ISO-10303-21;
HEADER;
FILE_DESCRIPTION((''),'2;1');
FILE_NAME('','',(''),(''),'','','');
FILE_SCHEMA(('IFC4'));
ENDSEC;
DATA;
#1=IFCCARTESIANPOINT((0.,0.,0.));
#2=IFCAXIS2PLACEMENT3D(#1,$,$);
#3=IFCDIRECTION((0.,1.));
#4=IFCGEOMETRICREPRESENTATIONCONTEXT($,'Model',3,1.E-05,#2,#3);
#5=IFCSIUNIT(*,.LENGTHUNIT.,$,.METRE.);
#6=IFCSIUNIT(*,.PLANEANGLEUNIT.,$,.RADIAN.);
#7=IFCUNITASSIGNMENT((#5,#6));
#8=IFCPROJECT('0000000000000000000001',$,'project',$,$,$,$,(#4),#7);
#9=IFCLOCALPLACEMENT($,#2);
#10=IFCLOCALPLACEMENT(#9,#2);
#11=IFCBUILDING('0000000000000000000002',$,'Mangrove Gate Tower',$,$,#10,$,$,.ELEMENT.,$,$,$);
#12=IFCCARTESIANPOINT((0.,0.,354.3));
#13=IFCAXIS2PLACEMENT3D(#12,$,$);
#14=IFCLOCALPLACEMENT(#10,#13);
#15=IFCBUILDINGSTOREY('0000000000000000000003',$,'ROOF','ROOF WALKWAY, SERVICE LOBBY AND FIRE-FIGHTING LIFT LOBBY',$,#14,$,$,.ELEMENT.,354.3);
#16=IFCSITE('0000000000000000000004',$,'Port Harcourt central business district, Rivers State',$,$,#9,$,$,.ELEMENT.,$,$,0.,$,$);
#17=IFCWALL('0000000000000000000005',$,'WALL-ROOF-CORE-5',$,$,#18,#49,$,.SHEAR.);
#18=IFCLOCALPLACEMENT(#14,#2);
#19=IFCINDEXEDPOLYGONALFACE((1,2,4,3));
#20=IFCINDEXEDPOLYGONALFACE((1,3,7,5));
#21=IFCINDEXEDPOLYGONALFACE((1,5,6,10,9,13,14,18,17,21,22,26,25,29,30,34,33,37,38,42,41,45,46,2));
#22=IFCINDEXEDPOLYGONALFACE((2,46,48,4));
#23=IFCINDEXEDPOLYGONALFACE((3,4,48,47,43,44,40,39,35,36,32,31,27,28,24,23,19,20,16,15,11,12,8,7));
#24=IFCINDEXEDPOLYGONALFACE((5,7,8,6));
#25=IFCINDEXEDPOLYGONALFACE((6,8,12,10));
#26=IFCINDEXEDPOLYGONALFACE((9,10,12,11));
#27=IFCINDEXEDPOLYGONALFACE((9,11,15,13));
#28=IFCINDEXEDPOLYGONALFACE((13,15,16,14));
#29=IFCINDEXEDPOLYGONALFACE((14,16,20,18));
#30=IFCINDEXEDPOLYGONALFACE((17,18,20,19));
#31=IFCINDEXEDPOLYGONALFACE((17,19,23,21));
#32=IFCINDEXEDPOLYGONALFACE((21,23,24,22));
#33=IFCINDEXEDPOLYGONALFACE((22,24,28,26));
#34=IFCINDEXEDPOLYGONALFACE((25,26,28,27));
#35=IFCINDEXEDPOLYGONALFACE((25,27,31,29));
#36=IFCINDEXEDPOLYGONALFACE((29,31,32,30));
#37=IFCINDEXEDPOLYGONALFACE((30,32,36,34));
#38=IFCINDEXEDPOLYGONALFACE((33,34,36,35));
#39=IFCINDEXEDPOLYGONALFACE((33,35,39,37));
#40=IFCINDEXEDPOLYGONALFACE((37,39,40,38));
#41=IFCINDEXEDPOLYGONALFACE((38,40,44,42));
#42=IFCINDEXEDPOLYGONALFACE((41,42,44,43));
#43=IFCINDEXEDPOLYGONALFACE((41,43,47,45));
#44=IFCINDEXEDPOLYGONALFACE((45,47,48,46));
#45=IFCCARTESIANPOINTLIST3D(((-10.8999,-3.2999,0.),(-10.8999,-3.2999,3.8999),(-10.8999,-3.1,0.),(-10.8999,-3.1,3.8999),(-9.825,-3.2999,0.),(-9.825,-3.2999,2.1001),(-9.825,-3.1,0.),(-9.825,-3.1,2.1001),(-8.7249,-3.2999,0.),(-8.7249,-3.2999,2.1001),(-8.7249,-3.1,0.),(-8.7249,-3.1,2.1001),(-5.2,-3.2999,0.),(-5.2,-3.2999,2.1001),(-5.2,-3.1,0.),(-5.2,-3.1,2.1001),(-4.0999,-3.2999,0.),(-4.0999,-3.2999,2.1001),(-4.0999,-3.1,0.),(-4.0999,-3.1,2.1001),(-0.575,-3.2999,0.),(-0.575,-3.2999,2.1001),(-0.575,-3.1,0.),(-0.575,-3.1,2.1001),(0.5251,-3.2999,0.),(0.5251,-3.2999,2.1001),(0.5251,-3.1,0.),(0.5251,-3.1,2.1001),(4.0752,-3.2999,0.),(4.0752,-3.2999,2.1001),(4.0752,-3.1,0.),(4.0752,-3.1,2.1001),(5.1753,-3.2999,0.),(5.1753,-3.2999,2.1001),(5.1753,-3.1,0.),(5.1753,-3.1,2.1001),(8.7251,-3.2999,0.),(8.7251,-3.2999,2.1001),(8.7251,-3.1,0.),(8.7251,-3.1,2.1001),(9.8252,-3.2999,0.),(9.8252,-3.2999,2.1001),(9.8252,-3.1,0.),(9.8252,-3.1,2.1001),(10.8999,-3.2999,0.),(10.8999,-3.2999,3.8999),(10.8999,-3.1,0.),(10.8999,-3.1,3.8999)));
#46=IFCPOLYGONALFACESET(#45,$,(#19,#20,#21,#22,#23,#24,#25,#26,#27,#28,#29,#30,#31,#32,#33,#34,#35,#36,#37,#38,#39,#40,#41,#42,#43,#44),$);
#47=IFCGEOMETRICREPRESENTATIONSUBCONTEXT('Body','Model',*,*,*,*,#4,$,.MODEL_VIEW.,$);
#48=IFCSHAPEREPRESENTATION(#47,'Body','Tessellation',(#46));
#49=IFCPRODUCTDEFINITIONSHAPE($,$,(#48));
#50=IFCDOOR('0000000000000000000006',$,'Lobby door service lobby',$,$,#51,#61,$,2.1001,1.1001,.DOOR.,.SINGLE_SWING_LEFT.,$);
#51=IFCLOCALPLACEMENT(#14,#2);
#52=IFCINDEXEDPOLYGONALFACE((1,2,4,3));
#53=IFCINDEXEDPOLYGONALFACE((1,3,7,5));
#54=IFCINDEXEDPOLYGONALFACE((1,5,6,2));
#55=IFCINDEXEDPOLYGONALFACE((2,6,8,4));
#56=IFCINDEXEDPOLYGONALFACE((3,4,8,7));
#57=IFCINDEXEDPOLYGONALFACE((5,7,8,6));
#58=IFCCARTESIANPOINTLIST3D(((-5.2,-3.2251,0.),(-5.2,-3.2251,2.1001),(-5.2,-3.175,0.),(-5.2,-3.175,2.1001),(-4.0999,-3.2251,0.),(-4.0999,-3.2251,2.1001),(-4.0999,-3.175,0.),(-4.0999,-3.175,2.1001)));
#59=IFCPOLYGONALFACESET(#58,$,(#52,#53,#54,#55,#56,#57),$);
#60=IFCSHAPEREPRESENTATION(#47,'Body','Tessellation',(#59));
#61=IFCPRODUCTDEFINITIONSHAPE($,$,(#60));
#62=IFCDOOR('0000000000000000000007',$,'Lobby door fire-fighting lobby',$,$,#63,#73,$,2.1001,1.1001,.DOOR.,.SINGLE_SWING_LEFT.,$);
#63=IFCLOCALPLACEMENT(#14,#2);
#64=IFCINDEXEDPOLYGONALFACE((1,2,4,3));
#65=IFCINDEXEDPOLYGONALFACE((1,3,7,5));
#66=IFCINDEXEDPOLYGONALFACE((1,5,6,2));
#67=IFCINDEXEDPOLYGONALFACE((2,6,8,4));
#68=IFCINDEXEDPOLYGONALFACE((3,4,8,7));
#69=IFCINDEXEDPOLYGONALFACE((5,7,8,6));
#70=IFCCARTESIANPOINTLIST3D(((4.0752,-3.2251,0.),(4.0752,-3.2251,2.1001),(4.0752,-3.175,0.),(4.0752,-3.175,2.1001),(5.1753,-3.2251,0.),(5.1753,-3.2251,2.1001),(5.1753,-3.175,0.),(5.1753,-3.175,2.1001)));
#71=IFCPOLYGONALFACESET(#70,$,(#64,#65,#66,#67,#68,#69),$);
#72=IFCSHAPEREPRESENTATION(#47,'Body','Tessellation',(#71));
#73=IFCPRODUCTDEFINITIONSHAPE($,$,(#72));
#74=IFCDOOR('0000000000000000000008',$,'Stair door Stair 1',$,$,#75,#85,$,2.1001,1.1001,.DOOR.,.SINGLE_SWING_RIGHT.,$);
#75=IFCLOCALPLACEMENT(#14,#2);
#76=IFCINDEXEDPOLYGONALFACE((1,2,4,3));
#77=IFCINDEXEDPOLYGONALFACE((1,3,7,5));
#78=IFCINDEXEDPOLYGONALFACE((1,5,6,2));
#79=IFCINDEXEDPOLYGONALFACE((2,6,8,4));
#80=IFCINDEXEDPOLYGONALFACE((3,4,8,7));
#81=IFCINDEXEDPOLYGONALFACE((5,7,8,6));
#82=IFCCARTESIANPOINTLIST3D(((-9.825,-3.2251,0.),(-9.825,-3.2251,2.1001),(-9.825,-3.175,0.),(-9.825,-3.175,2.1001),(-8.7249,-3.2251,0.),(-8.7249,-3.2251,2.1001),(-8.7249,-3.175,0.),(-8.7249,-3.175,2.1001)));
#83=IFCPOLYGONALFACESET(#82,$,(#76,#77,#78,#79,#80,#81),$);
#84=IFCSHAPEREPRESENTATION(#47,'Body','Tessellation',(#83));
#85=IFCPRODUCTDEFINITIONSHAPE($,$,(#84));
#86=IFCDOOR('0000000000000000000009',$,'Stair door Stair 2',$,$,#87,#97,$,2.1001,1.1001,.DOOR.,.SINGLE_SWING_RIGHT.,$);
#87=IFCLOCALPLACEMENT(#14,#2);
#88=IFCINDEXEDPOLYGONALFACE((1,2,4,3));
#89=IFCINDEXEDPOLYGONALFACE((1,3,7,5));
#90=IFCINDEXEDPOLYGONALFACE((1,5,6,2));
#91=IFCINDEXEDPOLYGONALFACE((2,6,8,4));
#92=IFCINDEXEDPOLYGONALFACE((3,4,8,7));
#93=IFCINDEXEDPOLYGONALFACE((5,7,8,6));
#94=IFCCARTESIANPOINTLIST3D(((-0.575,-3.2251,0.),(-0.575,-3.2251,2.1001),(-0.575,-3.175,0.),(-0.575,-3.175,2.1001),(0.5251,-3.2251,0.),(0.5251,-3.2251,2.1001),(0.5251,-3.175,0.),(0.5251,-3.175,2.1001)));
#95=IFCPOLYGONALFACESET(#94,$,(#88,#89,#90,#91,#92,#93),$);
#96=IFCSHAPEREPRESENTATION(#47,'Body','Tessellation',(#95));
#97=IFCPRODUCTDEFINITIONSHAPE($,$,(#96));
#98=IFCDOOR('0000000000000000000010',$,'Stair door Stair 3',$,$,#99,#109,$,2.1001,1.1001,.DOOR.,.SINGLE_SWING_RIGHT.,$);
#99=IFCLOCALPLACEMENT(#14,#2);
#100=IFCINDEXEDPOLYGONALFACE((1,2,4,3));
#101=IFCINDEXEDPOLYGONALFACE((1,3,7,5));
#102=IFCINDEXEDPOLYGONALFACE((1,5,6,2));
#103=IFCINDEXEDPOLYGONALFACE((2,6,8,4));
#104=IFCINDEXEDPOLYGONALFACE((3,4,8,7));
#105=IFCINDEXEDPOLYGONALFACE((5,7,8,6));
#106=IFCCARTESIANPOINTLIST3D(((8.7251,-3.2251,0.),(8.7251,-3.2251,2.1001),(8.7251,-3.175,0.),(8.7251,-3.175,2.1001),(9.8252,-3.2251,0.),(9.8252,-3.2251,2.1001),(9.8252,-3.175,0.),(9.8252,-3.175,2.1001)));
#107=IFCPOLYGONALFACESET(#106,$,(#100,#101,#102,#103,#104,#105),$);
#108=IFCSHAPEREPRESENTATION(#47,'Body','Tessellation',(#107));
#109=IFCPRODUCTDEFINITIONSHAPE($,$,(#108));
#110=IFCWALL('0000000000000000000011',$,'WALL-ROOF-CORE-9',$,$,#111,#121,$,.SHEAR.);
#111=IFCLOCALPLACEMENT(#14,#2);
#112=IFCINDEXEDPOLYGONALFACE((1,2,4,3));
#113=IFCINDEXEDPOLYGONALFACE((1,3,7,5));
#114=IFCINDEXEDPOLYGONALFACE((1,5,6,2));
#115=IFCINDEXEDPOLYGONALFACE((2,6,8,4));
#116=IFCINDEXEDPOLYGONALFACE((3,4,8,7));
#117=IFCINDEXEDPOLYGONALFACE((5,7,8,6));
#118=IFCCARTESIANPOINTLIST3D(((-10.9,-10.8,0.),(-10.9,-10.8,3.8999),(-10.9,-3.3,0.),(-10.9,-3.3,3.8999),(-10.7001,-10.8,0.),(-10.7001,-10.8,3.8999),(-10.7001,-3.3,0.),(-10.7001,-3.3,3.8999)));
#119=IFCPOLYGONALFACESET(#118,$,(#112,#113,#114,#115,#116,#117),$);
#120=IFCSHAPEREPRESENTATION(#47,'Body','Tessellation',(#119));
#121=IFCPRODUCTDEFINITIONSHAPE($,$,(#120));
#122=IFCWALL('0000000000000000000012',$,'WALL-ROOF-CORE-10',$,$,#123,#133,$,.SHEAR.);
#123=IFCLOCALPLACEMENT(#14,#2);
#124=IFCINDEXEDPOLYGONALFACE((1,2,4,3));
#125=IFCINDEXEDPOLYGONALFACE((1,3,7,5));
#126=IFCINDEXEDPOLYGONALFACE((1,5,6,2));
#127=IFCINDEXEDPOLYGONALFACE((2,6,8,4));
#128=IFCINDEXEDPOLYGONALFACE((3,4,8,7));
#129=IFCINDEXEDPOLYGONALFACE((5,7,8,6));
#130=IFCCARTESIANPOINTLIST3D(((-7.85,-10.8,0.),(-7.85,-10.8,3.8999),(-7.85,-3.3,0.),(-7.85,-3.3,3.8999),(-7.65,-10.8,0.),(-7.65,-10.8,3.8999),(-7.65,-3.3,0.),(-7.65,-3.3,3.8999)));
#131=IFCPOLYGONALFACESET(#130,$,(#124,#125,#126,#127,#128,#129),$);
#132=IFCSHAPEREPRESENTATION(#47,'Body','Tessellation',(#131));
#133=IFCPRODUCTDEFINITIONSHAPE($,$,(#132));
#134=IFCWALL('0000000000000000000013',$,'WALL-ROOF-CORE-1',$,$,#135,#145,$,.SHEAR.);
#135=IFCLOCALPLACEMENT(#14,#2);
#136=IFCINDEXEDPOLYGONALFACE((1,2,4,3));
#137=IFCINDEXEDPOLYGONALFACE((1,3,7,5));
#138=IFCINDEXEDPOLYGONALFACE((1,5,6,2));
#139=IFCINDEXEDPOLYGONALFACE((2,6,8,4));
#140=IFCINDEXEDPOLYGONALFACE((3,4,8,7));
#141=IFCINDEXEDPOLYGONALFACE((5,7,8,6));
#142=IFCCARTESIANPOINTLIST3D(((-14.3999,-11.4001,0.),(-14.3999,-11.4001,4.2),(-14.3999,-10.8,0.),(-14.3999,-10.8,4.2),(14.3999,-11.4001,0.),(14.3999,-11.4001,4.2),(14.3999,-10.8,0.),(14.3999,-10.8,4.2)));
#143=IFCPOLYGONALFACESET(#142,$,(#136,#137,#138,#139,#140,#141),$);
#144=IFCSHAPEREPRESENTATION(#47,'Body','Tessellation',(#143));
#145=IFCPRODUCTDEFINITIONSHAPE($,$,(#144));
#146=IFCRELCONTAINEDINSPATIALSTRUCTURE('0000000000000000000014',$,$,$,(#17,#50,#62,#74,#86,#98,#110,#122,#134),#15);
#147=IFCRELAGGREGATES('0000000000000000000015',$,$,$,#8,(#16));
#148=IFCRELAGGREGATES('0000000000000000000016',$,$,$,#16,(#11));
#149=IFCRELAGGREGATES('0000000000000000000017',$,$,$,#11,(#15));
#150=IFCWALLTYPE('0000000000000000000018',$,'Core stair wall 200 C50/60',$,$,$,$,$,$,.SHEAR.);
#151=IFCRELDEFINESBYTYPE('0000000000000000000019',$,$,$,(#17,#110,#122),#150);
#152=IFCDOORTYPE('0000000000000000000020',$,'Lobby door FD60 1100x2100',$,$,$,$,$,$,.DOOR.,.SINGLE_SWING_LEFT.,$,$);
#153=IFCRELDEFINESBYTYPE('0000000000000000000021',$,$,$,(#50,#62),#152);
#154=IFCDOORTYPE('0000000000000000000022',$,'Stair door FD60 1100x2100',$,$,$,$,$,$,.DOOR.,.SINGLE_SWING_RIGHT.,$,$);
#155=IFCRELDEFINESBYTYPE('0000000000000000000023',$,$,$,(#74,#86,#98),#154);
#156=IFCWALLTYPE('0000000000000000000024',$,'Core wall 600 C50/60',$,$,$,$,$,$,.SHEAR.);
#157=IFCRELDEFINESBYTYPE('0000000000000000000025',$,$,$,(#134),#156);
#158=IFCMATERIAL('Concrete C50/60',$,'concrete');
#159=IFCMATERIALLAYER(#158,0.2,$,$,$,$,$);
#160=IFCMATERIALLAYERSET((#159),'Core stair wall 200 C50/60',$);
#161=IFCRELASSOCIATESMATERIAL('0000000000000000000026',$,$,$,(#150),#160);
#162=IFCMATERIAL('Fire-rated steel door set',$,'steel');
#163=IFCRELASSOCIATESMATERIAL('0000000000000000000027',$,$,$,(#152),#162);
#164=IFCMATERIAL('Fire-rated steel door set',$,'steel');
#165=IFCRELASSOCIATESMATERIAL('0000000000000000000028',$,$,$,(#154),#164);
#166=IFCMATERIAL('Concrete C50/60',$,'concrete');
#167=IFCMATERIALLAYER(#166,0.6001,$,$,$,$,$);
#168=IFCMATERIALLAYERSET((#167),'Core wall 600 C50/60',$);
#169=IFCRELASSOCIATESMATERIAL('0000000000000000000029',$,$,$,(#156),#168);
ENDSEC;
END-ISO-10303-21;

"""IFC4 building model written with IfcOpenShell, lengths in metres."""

from ifc_helpers import new_model, si_unit, direction, frame, frame_2d, origin, place, context, subcontext, project, spatial, rectangle, extrude, material, layer, layer_set, type_object, element, fill, save


model = new_model("IFC4")

# Units and contexts
model_context = context("Model", 3, precision=1e-05, world=origin(), true_north=direction((0.0, 1.0)))
body_context = subcontext(model_context, "Body", "Model", "MODEL_VIEW")
ifc_project = project(units=[si_unit("LENGTHUNIT", "METRE"), si_unit("PLANEANGLEUNIT", "RADIAN")], contexts=[model_context])

# Site, building, storey
site_placement = place(None, origin())
site = spatial("IfcSite", under=ifc_project, at=site_placement, Name="Port Harcourt central business district, Rivers State", CompositionType="ELEMENT", RefElevation=0.0)
building_placement = place(site_placement, origin())
building = spatial("IfcBuilding", under=site, at=building_placement, Name="Mangrove Gate Tower", CompositionType="ELEMENT")
storey_placement = place(building_placement, frame((0.0, 0.0, 354.3)))
storey = spatial("IfcBuildingStorey", under=building, at=storey_placement, Name="ROOF", Description="ROOF WALKWAY, SERVICE LOBBY AND FIRE-FIGHTING LIFT LOBBY", CompositionType="ELEMENT", Elevation=354.3)

# Wall, openings, doors
ifc_material_1 = material(Name="Concrete C50/60", Category="concrete")
ifc_layer_1 = layer(ifc_material_1, 0.2)
ifc_layer_set_1 = layer_set([ifc_layer_1], Name="Core stair wall 200 C50/60")
wall_type_1 = type_object("IfcWallType", Name="Core stair wall 200 C50/60", PredefinedType="SHEAR", material=ifc_layer_set_1)
wall_1_placement = place(storey_placement, frame((-10.8999, -3.2, 0.0), z_axis=(0.0, 0.0, 1.0), x_axis=(1.0, 0.0, 0.0)))
wall_1 = element("IfcWall", 1, at=wall_1_placement, inside=storey, type_object=wall_type_1, Name="WALL-ROOF-CORE-5", PredefinedType="SHEAR", context=body_context, shape_type="SweptSolid", body=[
    extrude(rectangle(XDim=21.7998, YDim=0.2, at=frame_2d((10.8999, 0.0))), origin(), (0.0, 0.0, 1.0), 3.8999),
])
opening_1_placement = place(wall_1_placement, frame((1.075, 0.0, 0.0)))
opening_1 = element("IfcOpeningElement", 2, at=opening_1_placement, cuts=wall_1, PredefinedType="OPENING", context=body_context, shape_type="SweptSolid", body=[
    extrude(rectangle(XDim=1.1001, YDim=2.1001, at=frame_2d((0.55, 1.05))), frame((0.0, 0.1099, 0.0), z_axis=(0.0, -1.0, 0.0), x_axis=(1.0, 0.0, 0.0)), (0.0, 0.0, 1.0), 0.22),
])
opening_2_placement = place(wall_1_placement, frame((10.325, 0.0, 0.0)))
opening_2 = element("IfcOpeningElement", 3, at=opening_2_placement, cuts=wall_1, PredefinedType="OPENING", context=body_context, shape_type="SweptSolid", body=[
    extrude(rectangle(XDim=1.1001, YDim=2.1001, at=frame_2d((0.55, 1.05))), frame((0.0, 0.1099, 0.0), z_axis=(0.0, -1.0, 0.0), x_axis=(1.0, 0.0, 0.0)), (0.0, 0.0, 1.0), 0.22),
])
opening_3_placement = place(wall_1_placement, frame((19.625, 0.0, 0.0)))
opening_3 = element("IfcOpeningElement", 4, at=opening_3_placement, cuts=wall_1, PredefinedType="OPENING", context=body_context, shape_type="SweptSolid", body=[
    extrude(rectangle(XDim=1.1001, YDim=2.1001, at=frame_2d((0.55, 1.05))), frame((0.0, 0.1099, 0.0), z_axis=(0.0, -1.0, 0.0), x_axis=(1.0, 0.0, 0.0)), (0.0, 0.0, 1.0), 0.22),
])
opening_4_placement = place(wall_1_placement, frame((5.7, 0.0, 0.0)))
opening_4 = element("IfcOpeningElement", 5, at=opening_4_placement, cuts=wall_1, PredefinedType="OPENING", context=body_context, shape_type="SweptSolid", body=[
    extrude(rectangle(XDim=1.1001, YDim=2.1001, at=frame_2d((0.55, 1.05))), frame((0.0, 0.1099, 0.0), z_axis=(0.0, -1.0, 0.0), x_axis=(1.0, 0.0, 0.0)), (0.0, 0.0, 1.0), 0.22),
])
opening_5_placement = place(wall_1_placement, frame((14.9751, 0.0, 0.0)))
opening_5 = element("IfcOpeningElement", 6, at=opening_5_placement, cuts=wall_1, PredefinedType="OPENING", context=body_context, shape_type="SweptSolid", body=[
    extrude(rectangle(XDim=1.1001, YDim=2.1001, at=frame_2d((0.55, 1.05))), frame((0.0, 0.1099, 0.0), z_axis=(0.0, -1.0, 0.0), x_axis=(1.0, 0.0, 0.0)), (0.0, 0.0, 1.0), 0.22),
])
ifc_material_2 = material(Name="Fire-rated steel door set", Category="steel")
door_type_1 = type_object("IfcDoorType", Name="Lobby door FD60 1100x2100", OperationType="SINGLE_SWING_LEFT", PredefinedType="DOOR", material=ifc_material_2)
door_1_placement = place(opening_4_placement, origin())
door_1 = element("IfcDoor", 7, at=door_1_placement, inside=storey, type_object=door_type_1, Name="Lobby door service lobby", OperationType="SINGLE_SWING_LEFT", OverallHeight=2.1001, OverallWidth=1.1001, PredefinedType="DOOR", context=body_context, shape_type="SweptSolid", body=[
    extrude(rectangle(XDim=1.1001, YDim=2.1001, at=frame_2d((0.55, 1.05))), frame((0.0, 0.0249, 0.0), z_axis=(0.0, -1.0, 0.0), x_axis=(1.0, 0.0, 0.0)), (0.0, 0.0, 1.0), 0.05),
])
fill(opening_4, door_1)
door_2_placement = place(opening_5_placement, origin())
door_2 = element("IfcDoor", 8, at=door_2_placement, inside=storey, type_object=door_type_1, Name="Lobby door fire-fighting lobby", OperationType="SINGLE_SWING_LEFT", OverallHeight=2.1001, OverallWidth=1.1001, PredefinedType="DOOR", context=body_context, shape_type="SweptSolid", body=[
    extrude(rectangle(XDim=1.1001, YDim=2.1001, at=frame_2d((0.55, 1.05))), frame((0.0, 0.0249, 0.0), z_axis=(0.0, -1.0, 0.0), x_axis=(1.0, 0.0, 0.0)), (0.0, 0.0, 1.0), 0.05),
])
fill(opening_5, door_2)
ifc_material_3 = material(Name="Fire-rated steel door set", Category="steel")
door_type_2 = type_object("IfcDoorType", Name="Stair door FD60 1100x2100", OperationType="SINGLE_SWING_RIGHT", PredefinedType="DOOR", material=ifc_material_3)
door_3_placement = place(opening_1_placement, origin())
door_3 = element("IfcDoor", 9, at=door_3_placement, inside=storey, type_object=door_type_2, Name="Stair door Stair 1", OperationType="SINGLE_SWING_RIGHT", OverallHeight=2.1001, OverallWidth=1.1001, PredefinedType="DOOR", context=body_context, shape_type="SweptSolid", body=[
    extrude(rectangle(XDim=1.1001, YDim=2.1001, at=frame_2d((0.55, 1.05))), frame((0.0, 0.0249, 0.0), z_axis=(0.0, -1.0, 0.0), x_axis=(1.0, 0.0, 0.0)), (0.0, 0.0, 1.0), 0.05),
])
fill(opening_1, door_3)
door_4_placement = place(opening_2_placement, origin())
door_4 = element("IfcDoor", 10, at=door_4_placement, inside=storey, type_object=door_type_2, Name="Stair door Stair 2", OperationType="SINGLE_SWING_RIGHT", OverallHeight=2.1001, OverallWidth=1.1001, PredefinedType="DOOR", context=body_context, shape_type="SweptSolid", body=[
    extrude(rectangle(XDim=1.1001, YDim=2.1001, at=frame_2d((0.55, 1.05))), frame((0.0, 0.0249, 0.0), z_axis=(0.0, -1.0, 0.0), x_axis=(1.0, 0.0, 0.0)), (0.0, 0.0, 1.0), 0.05),
])
fill(opening_2, door_4)
door_5_placement = place(opening_3_placement, origin())
door_5 = element("IfcDoor", 11, at=door_5_placement, inside=storey, type_object=door_type_2, Name="Stair door Stair 3", OperationType="SINGLE_SWING_RIGHT", OverallHeight=2.1001, OverallWidth=1.1001, PredefinedType="DOOR", context=body_context, shape_type="SweptSolid", body=[
    extrude(rectangle(XDim=1.1001, YDim=2.1001, at=frame_2d((0.55, 1.05))), frame((0.0, 0.0249, 0.0), z_axis=(0.0, -1.0, 0.0), x_axis=(1.0, 0.0, 0.0)), (0.0, 0.0, 1.0), 0.05),
])
fill(opening_3, door_5)

# Walls
for number, where, z_axis, x_axis, name in (
    (12, (-10.8, -10.8, 0.0), (0.0, 0.0, 1.0), (0.0, 1.0, 0.0), "WALL-ROOF-CORE-9"),
    (13, (-7.75, -10.8, 0.0), (0.0, 0.0, 1.0), (0.0, 1.0, 0.0), "WALL-ROOF-CORE-10"),
):
    element("IfcWall", number, at=place(storey_placement, frame(where, z_axis=z_axis, x_axis=x_axis)), inside=storey, type_object=wall_type_1, Name=name, PredefinedType="SHEAR", context=body_context, shape_type="SweptSolid", body=[
        extrude(rectangle(XDim=7.5, YDim=0.2, at=frame_2d((3.75, 0.0))), origin(), (0.0, 0.0, 1.0), 3.8999),
    ])
ifc_material_4 = material(Name="Concrete C50/60", Category="concrete")
ifc_layer_2 = layer(ifc_material_4, 0.6001)
ifc_layer_set_2 = layer_set([ifc_layer_2], Name="Core wall 600 C50/60")
wall_type_2 = type_object("IfcWallType", Name="Core wall 600 C50/60", PredefinedType="SHEAR", material=ifc_layer_set_2)
wall_2_placement = place(storey_placement, frame((-14.3999, -11.1001, 0.0), z_axis=(0.0, 0.0, 1.0), x_axis=(1.0, 0.0, 0.0)))
element("IfcWall", 14, at=wall_2_placement, inside=storey, type_object=wall_type_2, Name="WALL-ROOF-CORE-1", PredefinedType="SHEAR", context=body_context, shape_type="SweptSolid", body=[
    extrude(rectangle(XDim=28.7998, YDim=0.6001, at=frame_2d((14.3999, 0.0))), origin(), (0.0, 0.0, 1.0), 4.2),
])

save(model, "model.ifc")
